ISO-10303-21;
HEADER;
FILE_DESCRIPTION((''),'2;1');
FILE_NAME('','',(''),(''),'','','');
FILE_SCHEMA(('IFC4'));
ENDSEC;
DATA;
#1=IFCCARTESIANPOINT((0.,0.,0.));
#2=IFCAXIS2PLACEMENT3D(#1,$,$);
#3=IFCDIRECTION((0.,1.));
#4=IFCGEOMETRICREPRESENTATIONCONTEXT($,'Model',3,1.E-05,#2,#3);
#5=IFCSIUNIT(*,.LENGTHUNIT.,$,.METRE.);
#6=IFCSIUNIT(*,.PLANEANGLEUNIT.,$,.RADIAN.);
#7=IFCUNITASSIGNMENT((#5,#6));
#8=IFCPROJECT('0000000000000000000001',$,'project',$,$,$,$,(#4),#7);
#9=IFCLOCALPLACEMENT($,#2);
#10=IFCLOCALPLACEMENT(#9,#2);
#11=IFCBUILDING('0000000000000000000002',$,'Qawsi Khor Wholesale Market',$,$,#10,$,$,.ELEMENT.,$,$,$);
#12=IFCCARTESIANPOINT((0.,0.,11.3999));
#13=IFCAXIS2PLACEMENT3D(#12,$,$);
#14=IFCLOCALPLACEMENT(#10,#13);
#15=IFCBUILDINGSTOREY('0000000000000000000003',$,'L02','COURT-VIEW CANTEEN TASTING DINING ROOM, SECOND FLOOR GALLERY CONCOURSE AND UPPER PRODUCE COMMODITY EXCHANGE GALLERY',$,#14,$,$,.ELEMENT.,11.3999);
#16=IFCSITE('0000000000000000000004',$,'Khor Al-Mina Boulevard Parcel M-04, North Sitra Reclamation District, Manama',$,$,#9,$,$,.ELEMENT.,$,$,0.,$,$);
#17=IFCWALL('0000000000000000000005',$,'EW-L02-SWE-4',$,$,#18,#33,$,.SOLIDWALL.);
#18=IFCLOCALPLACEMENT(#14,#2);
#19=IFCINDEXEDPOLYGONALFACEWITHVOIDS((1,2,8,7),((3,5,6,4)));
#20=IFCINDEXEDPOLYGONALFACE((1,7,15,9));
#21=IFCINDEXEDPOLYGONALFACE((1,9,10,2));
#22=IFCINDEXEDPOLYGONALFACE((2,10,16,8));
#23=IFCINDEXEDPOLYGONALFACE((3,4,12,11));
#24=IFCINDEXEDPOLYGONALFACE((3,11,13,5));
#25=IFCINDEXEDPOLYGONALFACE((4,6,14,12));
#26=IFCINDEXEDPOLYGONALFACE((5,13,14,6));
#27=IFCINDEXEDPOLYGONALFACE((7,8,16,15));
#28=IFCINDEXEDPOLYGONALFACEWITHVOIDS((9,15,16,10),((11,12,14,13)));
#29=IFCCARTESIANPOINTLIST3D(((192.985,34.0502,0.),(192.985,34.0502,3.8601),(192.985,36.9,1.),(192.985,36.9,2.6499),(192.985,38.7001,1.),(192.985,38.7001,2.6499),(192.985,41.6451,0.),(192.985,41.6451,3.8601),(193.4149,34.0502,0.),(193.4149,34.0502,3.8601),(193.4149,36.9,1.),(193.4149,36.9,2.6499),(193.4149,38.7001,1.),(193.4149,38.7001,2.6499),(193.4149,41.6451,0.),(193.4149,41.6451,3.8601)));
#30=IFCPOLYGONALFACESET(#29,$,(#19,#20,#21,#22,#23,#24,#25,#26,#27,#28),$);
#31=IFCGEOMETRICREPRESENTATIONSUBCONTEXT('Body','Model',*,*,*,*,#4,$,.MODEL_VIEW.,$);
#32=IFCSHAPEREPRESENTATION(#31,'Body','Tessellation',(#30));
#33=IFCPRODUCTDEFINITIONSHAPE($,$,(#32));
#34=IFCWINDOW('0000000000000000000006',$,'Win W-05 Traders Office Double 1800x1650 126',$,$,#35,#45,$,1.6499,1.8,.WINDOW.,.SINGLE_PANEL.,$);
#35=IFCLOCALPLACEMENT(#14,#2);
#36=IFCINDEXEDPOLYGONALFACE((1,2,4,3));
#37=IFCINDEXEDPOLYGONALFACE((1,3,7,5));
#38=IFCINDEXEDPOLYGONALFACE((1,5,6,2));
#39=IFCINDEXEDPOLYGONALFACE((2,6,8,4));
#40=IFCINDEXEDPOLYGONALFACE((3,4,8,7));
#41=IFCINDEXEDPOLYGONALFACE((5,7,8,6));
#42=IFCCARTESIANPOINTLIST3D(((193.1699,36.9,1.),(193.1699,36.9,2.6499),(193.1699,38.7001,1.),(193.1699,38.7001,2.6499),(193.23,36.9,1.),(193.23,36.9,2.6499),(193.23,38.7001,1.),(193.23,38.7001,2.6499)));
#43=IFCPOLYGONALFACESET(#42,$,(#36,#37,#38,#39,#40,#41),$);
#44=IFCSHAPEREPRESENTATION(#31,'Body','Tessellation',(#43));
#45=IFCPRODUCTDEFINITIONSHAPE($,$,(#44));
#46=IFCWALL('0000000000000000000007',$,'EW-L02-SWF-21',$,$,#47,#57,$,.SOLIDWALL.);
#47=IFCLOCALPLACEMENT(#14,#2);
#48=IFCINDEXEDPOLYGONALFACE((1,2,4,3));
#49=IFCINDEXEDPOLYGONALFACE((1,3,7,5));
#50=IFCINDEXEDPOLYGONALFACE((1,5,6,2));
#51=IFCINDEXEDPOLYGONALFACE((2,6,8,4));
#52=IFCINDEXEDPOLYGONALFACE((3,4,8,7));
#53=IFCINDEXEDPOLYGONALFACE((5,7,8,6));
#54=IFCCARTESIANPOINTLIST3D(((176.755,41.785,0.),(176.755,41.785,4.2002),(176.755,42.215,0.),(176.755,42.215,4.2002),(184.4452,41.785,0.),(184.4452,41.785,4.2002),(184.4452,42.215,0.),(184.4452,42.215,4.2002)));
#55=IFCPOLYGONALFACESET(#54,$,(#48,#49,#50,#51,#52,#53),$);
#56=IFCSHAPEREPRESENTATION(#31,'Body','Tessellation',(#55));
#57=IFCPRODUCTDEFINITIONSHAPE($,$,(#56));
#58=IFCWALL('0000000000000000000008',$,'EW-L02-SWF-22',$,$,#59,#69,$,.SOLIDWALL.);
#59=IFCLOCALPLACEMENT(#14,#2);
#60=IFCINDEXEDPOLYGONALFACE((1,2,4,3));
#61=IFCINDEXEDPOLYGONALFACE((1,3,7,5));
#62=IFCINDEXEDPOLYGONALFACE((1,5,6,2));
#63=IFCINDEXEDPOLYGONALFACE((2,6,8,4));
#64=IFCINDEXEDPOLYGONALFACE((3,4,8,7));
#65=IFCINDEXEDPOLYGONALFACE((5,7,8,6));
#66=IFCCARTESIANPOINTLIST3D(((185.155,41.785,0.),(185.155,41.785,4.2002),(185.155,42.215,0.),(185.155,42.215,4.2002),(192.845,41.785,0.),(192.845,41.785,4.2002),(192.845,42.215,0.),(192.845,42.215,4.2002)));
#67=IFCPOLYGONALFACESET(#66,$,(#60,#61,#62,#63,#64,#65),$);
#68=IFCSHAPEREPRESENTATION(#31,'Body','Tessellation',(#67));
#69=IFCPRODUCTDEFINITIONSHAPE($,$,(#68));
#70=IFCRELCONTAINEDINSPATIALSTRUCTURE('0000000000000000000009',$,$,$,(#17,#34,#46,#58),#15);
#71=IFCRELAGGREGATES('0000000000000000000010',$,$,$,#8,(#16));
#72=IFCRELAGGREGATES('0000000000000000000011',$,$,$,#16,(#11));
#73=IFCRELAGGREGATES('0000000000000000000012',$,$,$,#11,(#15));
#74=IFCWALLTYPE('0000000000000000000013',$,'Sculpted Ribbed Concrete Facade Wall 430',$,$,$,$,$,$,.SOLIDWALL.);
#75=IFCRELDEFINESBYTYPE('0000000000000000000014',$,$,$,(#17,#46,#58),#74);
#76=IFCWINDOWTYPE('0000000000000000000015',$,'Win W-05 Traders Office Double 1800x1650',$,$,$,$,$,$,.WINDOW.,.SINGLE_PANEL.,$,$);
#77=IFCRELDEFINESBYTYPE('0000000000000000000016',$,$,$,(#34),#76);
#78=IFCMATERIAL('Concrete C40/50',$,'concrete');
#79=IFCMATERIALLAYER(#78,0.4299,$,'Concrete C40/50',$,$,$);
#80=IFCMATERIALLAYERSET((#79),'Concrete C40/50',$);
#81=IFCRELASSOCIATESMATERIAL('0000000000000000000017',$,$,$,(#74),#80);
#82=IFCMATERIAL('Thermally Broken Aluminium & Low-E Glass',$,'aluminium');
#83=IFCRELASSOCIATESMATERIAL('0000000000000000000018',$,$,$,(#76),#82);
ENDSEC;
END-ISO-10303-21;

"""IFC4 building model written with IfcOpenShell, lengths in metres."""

from ifc_helpers import new_model, si_unit, direction, frame, frame_2d, origin, place, context, subcontext, project, spatial, rectangle, extrude, material, layer, layer_set, type_object, element, fill, save


model = new_model("IFC4")

# Units and contexts
model_context = context("Model", 3, precision=1e-05, world=origin(), true_north=direction((0.0, 1.0)))
body_context = subcontext(model_context, "Body", "Model", "MODEL_VIEW")
ifc_project = project(units=[si_unit("LENGTHUNIT", "METRE"), si_unit("PLANEANGLEUNIT", "RADIAN")], contexts=[model_context])

# Site, building, storey
site_placement = place(None, origin())
site = spatial("IfcSite", under=ifc_project, at=site_placement, Name="Khor Al-Mina Boulevard Parcel M-04, North Sitra Reclamation District, Manama", CompositionType="ELEMENT", RefElevation=0.0)
building_placement = place(site_placement, origin())
building = spatial("IfcBuilding", under=site, at=building_placement, Name="Qawsi Khor Wholesale Market", CompositionType="ELEMENT")
storey_placement = place(building_placement, frame((0.0, 0.0, 11.3999)))
storey = spatial("IfcBuildingStorey", under=building, at=storey_placement, Name="L02", Description="COURT-VIEW CANTEEN TASTING DINING ROOM, SECOND FLOOR GALLERY CONCOURSE AND UPPER PRODUCE COMMODITY EXCHANGE GALLERY", CompositionType="ELEMENT", Elevation=11.3999)

# Shared definitions
ifc_material_1 = material(Name="Concrete C40/50", Category="concrete")

# Wall, opening, window
ifc_layer_1 = layer(ifc_material_1, 0.4299, Name="Concrete C40/50")
ifc_layer_set_1 = layer_set([ifc_layer_1], Name="Concrete C40/50")
wall_type = type_object("IfcWallType", Name="Sculpted Ribbed Concrete Facade Wall 430", PredefinedType="SOLIDWALL", material=ifc_layer_set_1)
ifc_material_2 = material(Name="Thermally Broken Aluminium & Low-E Glass", Category="aluminium")
wall_1_placement = place(storey_placement, frame((193.2, 41.645, 0.0), z_axis=(0.0, 0.0, 1.0), x_axis=(0.0, -1.0, 0.0)))
wall_1 = element("IfcWall", 1, at=wall_1_placement, inside=storey, type_object=wall_type, Name="EW-L02-SWE-4", PredefinedType="SOLIDWALL", context=body_context, shape_type="SweptSolid", body=[
    extrude(rectangle(XDim=7.595, YDim=0.4299, at=frame_2d((3.7974, 0.0))), origin(), (0.0, 0.0, 1.0), 3.8601),
])
opening_1_placement = place(wall_1_placement, frame((2.9451, 0.0, 1.0)))
opening_1 = element("IfcOpeningElement", 2, at=opening_1_placement, cuts=wall_1, PredefinedType="OPENING", context=body_context, shape_type="SweptSolid", body=[
    extrude(rectangle(XDim=1.8, YDim=1.6499, at=frame_2d((0.8999, 0.825))), frame((0.0, 0.2249, 0.0), z_axis=(0.0, -1.0, 0.0), x_axis=(1.0, 0.0, 0.0)), (0.0, 0.0, 1.0), 0.45),
])
window_type_1 = type_object("IfcWindowType", Name="Win W-05 Traders Office Double 1800x1650", PartitioningType="SINGLE_PANEL", PredefinedType="WINDOW", material=ifc_material_2)
window_1_placement = place(opening_1_placement, origin())
window_1 = element("IfcWindow", 3, at=window_1_placement, inside=storey, type_object=window_type_1, Name="Win W-05 Traders Office Double 1800x1650 126", OverallHeight=1.6499, OverallWidth=1.8, PartitioningType="SINGLE_PANEL", PredefinedType="WINDOW", context=body_context, shape_type="SweptSolid", body=[
    extrude(rectangle(XDim=1.8, YDim=1.6499, at=frame_2d((0.8999, 0.825))), frame((0.0, 0.03, 0.0), z_axis=(0.0, -1.0, 0.0), x_axis=(1.0, 0.0, 0.0)), (0.0, 0.0, 1.0), 0.0601),
])
fill(opening_1, window_1)

# Walls
wall_2_placement = place(storey_placement, frame((176.7549, 42.0, 0.0), z_axis=(0.0, 0.0, 1.0), x_axis=(1.0, 0.0, 0.0)))
element("IfcWall", 4, at=wall_2_placement, inside=storey, type_object=wall_type, Name="EW-L02-SWF-21", PredefinedType="SOLIDWALL", context=body_context, shape_type="SweptSolid", body=[
    extrude(rectangle(XDim=7.6902, YDim=0.4299, at=frame_2d((3.8452, 0.0))), origin(), (0.0, 0.0, 1.0), 4.2002),
])
wall_3_placement = place(storey_placement, frame((185.155, 42.0, 0.0), z_axis=(0.0, 0.0, 1.0), x_axis=(1.0, 0.0, 0.0)))
element("IfcWall", 5, at=wall_3_placement, inside=storey, type_object=wall_type, Name="EW-L02-SWF-22", PredefinedType="SOLIDWALL", context=body_context, shape_type="SweptSolid", body=[
    extrude(rectangle(XDim=7.6899, YDim=0.4299, at=frame_2d((3.845, 0.0))), origin(), (0.0, 0.0, 1.0), 4.2002),
])

save(model, "model.ifc")
